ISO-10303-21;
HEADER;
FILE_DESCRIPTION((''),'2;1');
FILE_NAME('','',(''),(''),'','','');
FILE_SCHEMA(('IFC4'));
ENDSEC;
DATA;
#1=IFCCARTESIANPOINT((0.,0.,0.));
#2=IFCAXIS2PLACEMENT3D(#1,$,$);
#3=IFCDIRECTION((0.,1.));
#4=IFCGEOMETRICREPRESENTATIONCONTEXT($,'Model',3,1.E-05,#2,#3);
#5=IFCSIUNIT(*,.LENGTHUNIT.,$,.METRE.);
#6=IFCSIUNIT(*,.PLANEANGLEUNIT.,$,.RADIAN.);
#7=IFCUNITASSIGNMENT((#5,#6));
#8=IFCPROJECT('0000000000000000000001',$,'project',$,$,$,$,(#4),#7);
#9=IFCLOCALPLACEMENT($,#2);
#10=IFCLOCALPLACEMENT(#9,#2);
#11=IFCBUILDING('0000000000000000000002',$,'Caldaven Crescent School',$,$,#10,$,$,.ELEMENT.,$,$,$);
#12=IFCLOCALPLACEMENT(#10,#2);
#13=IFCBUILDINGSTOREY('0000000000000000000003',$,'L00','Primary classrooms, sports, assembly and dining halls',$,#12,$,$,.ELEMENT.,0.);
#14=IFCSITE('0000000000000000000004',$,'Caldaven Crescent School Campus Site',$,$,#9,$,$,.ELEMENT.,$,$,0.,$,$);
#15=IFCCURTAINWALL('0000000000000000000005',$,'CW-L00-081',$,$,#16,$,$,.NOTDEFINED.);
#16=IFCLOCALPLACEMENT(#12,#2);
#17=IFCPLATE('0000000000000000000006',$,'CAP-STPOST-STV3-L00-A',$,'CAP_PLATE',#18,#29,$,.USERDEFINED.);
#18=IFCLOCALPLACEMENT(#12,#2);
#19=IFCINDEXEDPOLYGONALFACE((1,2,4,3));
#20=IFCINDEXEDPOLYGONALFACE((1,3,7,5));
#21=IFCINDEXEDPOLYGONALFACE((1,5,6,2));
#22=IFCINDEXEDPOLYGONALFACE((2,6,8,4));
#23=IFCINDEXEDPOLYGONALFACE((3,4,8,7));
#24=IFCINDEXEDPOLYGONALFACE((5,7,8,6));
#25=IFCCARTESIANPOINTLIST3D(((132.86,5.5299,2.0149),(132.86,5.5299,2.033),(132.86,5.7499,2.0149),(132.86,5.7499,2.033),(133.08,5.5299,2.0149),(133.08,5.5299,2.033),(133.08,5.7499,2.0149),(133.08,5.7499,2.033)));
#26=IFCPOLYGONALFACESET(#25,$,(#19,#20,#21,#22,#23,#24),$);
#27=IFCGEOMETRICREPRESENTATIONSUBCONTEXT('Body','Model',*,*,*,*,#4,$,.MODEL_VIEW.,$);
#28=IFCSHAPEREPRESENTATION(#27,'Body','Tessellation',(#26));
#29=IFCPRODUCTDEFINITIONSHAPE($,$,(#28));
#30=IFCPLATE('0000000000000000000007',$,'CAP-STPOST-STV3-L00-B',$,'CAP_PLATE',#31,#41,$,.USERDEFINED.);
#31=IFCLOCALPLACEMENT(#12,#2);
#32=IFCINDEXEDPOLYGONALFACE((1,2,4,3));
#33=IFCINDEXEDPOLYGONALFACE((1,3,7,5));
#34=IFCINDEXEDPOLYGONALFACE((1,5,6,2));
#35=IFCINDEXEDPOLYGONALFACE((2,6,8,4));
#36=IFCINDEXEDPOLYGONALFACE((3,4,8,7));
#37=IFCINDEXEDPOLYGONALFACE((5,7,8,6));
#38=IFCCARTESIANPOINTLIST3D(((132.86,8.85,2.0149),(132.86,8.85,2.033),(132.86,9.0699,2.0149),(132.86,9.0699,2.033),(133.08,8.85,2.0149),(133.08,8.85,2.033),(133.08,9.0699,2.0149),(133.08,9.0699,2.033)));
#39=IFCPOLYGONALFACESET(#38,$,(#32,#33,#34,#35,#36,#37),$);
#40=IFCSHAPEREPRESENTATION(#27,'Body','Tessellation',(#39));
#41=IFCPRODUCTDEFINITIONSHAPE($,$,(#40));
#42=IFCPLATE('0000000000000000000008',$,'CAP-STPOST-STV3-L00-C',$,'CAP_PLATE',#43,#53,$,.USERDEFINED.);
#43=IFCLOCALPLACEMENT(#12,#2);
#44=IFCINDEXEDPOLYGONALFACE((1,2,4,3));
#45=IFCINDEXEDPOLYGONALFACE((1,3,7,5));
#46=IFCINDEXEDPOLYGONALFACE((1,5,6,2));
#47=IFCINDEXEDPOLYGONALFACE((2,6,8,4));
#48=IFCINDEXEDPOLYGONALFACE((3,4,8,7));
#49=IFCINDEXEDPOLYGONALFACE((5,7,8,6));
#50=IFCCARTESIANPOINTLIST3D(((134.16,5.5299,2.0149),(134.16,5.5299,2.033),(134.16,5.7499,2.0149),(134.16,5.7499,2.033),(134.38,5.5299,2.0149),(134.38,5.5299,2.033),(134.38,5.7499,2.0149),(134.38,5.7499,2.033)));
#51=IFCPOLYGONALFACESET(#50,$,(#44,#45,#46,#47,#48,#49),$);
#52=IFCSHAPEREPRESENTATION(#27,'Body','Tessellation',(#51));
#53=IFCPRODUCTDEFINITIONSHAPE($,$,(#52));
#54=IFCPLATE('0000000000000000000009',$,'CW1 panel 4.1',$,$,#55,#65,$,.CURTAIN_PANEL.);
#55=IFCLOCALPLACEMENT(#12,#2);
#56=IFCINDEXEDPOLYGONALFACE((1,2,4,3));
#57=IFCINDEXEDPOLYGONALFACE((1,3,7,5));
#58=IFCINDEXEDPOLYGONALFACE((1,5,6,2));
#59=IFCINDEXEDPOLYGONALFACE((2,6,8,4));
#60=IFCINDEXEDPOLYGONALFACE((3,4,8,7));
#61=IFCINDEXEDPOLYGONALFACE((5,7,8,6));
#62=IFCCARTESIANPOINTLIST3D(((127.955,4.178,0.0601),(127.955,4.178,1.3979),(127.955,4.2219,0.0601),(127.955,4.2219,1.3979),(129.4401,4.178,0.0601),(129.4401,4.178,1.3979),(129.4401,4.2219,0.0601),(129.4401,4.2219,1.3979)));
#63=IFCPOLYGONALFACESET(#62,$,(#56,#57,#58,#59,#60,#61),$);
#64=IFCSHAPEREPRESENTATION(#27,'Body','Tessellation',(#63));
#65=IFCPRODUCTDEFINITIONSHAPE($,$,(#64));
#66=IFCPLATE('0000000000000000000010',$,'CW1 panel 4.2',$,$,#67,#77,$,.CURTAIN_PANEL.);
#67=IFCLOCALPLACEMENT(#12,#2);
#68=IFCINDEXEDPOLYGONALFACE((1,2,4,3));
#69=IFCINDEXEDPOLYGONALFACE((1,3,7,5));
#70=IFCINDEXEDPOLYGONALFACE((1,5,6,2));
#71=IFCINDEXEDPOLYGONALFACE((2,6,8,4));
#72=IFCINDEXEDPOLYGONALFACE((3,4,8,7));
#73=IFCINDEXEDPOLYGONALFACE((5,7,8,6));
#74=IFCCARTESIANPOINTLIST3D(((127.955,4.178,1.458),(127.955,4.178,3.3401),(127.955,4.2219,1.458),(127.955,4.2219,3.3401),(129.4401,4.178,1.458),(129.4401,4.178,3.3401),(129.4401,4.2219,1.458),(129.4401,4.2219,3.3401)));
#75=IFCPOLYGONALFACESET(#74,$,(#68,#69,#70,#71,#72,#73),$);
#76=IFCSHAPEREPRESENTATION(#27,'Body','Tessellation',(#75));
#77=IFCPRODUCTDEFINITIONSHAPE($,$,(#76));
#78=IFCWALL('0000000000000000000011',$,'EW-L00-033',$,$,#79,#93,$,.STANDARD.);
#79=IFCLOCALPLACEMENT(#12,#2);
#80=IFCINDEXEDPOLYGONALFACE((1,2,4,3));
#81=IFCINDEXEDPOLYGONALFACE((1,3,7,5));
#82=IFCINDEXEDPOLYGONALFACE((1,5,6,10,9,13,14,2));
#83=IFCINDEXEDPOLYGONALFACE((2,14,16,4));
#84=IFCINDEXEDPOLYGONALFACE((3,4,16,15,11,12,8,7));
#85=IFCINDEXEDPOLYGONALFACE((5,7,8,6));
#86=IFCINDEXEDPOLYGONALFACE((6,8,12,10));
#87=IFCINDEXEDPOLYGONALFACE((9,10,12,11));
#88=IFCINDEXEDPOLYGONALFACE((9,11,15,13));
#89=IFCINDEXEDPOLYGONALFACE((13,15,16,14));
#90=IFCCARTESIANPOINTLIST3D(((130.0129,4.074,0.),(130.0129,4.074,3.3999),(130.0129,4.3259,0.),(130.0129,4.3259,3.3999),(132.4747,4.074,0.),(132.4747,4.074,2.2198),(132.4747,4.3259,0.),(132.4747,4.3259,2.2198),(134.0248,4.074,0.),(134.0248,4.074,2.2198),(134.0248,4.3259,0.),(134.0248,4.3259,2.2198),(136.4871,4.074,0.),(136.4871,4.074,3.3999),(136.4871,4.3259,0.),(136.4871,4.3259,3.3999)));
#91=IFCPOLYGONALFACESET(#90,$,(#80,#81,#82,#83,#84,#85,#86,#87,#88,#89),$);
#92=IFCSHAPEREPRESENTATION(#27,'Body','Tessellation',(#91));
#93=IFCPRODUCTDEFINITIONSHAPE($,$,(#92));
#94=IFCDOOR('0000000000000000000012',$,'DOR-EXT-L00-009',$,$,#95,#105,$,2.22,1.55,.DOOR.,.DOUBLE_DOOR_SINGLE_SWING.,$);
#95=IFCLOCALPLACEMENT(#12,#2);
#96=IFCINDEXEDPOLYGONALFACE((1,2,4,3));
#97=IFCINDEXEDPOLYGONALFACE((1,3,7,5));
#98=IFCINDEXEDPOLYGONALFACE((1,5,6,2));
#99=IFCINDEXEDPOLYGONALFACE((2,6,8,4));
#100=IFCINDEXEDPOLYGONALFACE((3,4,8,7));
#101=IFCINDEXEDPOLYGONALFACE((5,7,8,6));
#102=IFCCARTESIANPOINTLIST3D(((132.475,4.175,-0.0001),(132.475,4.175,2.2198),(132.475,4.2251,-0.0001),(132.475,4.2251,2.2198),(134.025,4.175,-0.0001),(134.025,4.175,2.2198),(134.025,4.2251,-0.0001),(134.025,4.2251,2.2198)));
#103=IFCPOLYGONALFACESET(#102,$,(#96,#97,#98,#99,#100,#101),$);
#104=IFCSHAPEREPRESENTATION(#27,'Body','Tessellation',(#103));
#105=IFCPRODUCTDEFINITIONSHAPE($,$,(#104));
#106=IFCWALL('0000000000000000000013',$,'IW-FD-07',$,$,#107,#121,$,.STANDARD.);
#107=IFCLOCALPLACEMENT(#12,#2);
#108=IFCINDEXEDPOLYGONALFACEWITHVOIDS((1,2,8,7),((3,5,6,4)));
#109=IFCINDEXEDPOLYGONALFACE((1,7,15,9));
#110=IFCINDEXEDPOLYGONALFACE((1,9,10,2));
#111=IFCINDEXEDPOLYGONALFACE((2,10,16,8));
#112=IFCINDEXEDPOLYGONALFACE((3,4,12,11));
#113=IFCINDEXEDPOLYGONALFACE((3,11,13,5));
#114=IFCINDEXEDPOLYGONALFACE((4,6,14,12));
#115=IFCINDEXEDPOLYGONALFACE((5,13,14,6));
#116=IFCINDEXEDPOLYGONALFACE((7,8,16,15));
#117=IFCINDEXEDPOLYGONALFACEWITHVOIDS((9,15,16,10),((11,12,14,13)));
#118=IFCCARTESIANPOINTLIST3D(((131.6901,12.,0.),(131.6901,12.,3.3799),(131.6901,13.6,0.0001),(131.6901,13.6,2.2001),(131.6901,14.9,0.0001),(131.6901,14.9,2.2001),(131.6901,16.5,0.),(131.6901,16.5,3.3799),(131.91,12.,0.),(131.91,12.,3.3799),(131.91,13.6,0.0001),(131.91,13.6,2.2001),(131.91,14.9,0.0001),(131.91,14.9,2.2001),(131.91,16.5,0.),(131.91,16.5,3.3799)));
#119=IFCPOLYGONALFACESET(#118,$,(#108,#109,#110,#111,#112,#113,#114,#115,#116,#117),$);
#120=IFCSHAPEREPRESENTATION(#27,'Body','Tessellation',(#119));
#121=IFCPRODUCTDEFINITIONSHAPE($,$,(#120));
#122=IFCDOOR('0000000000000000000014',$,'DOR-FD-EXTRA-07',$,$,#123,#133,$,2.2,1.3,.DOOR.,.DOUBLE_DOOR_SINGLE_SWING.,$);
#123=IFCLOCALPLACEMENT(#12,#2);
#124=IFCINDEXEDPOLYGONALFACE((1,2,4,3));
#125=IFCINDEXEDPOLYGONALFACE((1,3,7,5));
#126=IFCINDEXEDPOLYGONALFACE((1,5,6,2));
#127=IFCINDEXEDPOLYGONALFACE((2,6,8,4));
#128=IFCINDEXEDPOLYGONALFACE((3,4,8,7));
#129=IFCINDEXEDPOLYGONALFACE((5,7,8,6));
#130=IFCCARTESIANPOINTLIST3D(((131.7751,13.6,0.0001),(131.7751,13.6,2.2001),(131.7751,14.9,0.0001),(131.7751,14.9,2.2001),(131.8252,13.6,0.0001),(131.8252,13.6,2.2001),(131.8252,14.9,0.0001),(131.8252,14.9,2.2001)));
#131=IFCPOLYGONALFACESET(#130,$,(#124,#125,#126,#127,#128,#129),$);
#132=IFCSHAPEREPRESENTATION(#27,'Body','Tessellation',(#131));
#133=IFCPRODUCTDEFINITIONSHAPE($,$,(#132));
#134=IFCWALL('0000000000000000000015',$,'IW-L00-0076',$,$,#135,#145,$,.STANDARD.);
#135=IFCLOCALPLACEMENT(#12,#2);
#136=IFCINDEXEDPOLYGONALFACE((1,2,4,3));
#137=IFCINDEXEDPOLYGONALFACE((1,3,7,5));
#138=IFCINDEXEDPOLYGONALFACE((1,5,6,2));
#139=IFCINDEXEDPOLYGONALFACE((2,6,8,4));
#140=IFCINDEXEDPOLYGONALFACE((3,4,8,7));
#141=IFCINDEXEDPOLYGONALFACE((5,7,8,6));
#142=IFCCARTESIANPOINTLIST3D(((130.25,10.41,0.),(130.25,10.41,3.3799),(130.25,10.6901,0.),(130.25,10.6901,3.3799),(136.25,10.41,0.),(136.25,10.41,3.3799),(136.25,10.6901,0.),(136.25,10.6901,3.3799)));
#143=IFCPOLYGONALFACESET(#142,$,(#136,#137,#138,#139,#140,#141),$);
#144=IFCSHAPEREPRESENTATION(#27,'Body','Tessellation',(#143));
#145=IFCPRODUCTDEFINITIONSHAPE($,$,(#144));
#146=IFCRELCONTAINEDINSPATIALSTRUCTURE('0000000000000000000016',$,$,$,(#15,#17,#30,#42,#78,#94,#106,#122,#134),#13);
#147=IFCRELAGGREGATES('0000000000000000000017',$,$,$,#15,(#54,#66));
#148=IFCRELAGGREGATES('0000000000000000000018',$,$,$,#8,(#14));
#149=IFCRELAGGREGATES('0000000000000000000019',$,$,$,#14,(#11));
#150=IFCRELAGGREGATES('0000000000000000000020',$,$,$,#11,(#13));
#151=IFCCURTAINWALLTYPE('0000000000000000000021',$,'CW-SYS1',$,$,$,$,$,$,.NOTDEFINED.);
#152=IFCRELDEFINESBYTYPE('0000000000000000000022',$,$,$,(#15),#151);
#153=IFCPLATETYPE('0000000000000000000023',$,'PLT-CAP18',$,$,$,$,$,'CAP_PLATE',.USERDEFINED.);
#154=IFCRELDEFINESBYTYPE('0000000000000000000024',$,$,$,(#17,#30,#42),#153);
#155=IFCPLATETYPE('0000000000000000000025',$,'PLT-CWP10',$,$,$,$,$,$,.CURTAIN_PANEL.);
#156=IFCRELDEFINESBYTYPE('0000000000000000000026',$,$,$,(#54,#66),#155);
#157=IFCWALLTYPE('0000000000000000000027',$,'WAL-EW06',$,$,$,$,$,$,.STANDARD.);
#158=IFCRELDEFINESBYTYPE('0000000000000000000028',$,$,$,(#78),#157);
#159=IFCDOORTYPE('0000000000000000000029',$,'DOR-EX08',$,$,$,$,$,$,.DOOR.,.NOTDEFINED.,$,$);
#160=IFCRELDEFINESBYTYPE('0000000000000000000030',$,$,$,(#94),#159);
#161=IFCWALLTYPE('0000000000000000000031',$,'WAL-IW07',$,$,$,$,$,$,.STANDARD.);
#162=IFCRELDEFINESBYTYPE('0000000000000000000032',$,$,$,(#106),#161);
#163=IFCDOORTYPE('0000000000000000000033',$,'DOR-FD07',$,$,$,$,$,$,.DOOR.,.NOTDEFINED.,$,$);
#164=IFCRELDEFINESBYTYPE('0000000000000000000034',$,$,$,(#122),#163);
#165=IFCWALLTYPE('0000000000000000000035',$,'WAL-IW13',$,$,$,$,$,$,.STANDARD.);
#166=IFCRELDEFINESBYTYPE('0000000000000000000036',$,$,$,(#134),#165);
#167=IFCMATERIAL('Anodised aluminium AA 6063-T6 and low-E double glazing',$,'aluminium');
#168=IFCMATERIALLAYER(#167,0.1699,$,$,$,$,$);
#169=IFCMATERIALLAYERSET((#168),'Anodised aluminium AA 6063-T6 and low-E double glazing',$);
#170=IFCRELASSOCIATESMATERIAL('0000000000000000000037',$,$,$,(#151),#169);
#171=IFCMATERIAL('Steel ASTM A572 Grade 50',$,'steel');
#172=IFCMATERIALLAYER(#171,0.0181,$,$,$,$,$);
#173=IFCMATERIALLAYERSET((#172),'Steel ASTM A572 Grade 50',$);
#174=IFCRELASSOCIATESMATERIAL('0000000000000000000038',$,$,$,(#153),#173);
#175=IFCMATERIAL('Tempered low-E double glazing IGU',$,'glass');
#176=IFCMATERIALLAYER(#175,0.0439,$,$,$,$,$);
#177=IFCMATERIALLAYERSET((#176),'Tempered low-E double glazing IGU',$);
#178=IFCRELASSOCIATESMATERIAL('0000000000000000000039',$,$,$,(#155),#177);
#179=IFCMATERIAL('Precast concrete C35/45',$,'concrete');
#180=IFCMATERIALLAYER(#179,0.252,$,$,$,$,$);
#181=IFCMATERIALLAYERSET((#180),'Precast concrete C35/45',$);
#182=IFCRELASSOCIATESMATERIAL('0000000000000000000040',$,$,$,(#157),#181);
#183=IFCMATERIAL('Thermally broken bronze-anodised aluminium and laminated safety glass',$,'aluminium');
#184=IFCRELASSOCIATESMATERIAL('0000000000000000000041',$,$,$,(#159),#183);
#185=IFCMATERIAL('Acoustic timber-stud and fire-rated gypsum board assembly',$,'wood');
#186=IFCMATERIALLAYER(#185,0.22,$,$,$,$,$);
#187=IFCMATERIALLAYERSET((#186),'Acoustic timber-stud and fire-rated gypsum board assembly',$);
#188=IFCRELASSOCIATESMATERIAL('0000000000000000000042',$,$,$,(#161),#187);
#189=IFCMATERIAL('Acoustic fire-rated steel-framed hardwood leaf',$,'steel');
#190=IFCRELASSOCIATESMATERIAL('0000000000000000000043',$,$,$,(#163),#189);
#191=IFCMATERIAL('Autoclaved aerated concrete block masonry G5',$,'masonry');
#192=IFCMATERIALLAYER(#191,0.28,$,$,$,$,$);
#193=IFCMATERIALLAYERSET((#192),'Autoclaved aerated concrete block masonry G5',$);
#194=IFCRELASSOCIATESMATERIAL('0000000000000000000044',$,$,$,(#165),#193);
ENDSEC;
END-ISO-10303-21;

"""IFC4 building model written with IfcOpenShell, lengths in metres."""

from ifc_helpers import new_model, si_unit, direction, frame, frame_2d, origin, origin_2d, place, context, subcontext, project, spatial, rectangle, extrude, material, layer, layer_set, type_object, element, fill, aggregate, save


model = new_model("IFC4")

# Units and contexts
model_context = context("Model", 3, precision=1e-05, world=origin(), true_north=direction((0.0, 1.0)))
body_context = subcontext(model_context, "Body", "Model", "MODEL_VIEW")
ifc_project = project(units=[si_unit("LENGTHUNIT", "METRE"), si_unit("PLANEANGLEUNIT", "RADIAN")], contexts=[model_context])

# Site, building, storey
site_placement = place(None, origin())
site = spatial("IfcSite", under=ifc_project, at=site_placement, Name="Caldaven Crescent School Campus Site", CompositionType="ELEMENT", RefElevation=0.0)
building_placement = place(site_placement, origin())
building = spatial("IfcBuilding", under=site, at=building_placement, Name="Caldaven Crescent School", CompositionType="ELEMENT")
storey_placement = place(building_placement, origin())
storey = spatial("IfcBuildingStorey", under=building, at=storey_placement, Name="L00", Description="Primary classrooms, sports, assembly and dining halls", CompositionType="ELEMENT", Elevation=0.0)

# Shared definitions
ifc_material_1 = material(Name="Steel ASTM A572 Grade 50", Category="steel")

# Curtain wall
ifc_material_2 = material(Name="Anodised aluminium AA 6063-T6 and low-E double glazing", Category="aluminium")
ifc_layer_1 = layer(ifc_material_2, 0.1699)
ifc_layer_set_1 = layer_set([ifc_layer_1], Name="Anodised aluminium AA 6063-T6 and low-E double glazing")
curtain_wall_type = type_object("IfcCurtainWallType", Name="CW-SYS1", PredefinedType="NOTDEFINED", material=ifc_layer_set_1)
curtain_wall_placement = place(storey_placement, origin())
curtain_wall = element("IfcCurtainWall", 1, at=curtain_wall_placement, inside=storey, type_object=curtain_wall_type, Name="CW-L00-081", PredefinedType="NOTDEFINED")

# Plates
ifc_layer_2 = layer(ifc_material_1, 0.0181)
ifc_layer_set_2 = layer_set([ifc_layer_2], Name="Steel ASTM A572 Grade 50")
plate_type_1 = type_object("IfcPlateType", Name="PLT-CAP18", ElementType="CAP_PLATE", PredefinedType="USERDEFINED", material=ifc_layer_set_2)
for number, where, z_axis, x_axis, name in (
    (2, (132.97, 5.6399, 2.0149), (0.0, 0.0, 1.0), (1.0, 0.0, 0.0), "CAP-STPOST-STV3-L00-A"),
    (3, (132.97, 8.96, 2.0149), (0.0, 0.0, 1.0), (1.0, 0.0, 0.0), "CAP-STPOST-STV3-L00-B"),
    (4, (134.27, 5.6399, 2.0149), (0.0, 0.0, 1.0), (1.0, 0.0, 0.0), "CAP-STPOST-STV3-L00-C"),
):
    element("IfcPlate", number, at=place(storey_placement, frame(where, z_axis=z_axis, x_axis=x_axis)), inside=storey, type_object=plate_type_1, Name=name, ObjectType="CAP_PLATE", PredefinedType="USERDEFINED", context=body_context, shape_type="SweptSolid", body=[
        extrude(rectangle(XDim=0.22, YDim=0.22, at=origin_2d()), origin(), (0.0, 0.0, 1.0), 0.0181),
    ])

# Plates
ifc_material_3 = material(Name="Tempered low-E double glazing IGU", Category="glass")
ifc_layer_3 = layer(ifc_material_3, 0.0439)
ifc_layer_set_3 = layer_set([ifc_layer_3], Name="Tempered low-E double glazing IGU")
plate_type_2 = type_object("IfcPlateType", Name="PLT-CWP10", PredefinedType="CURTAIN_PANEL", material=ifc_layer_set_3)
plate_1_placement = place(storey_placement, frame((128.6975, 4.2, 0.0601), z_axis=(0.0, 0.0, 1.0), x_axis=(1.0, 0.0, 0.0)))
plate_1 = element("IfcPlate", 5, at=plate_1_placement, type_object=plate_type_2, Name="CW1 panel 4.1", PredefinedType="CURTAIN_PANEL", context=body_context, shape_type="SweptSolid", body=[
    extrude(rectangle(XDim=1.4851, YDim=0.0439, at=origin_2d()), origin(), (0.0, 0.0, 1.0), 1.3379),
])
plate_2_placement = place(storey_placement, frame((128.6975, 4.2, 1.458), z_axis=(0.0, 0.0, 1.0), x_axis=(1.0, 0.0, 0.0)))
plate_2 = element("IfcPlate", 6, at=plate_2_placement, type_object=plate_type_2, Name="CW1 panel 4.2", PredefinedType="CURTAIN_PANEL", context=body_context, shape_type="SweptSolid", body=[
    extrude(rectangle(XDim=1.4851, YDim=0.0439, at=origin_2d()), origin(), (0.0, 0.0, 1.0), 1.8821),
])
aggregate(curtain_wall, [plate_1, plate_2])

# Walls, openings, doors
ifc_material_4 = material(Name="Precast concrete C35/45", Category="concrete")
ifc_layer_4 = layer(ifc_material_4, 0.252)
ifc_layer_set_4 = layer_set([ifc_layer_4], Name="Precast concrete C35/45")
wall_type_1 = type_object("IfcWallType", Name="WAL-EW06", PredefinedType="STANDARD", material=ifc_layer_set_4)
wall_1_placement = place(storey_placement, frame((130.0129, 4.2, 0.0), z_axis=(0.0, 0.0, 1.0), x_axis=(1.0, 0.0, 0.0)))
wall_1 = element("IfcWall", 7, at=wall_1_placement, inside=storey, type_object=wall_type_1, Name="EW-L00-033", PredefinedType="STANDARD", context=body_context, shape_type="SweptSolid", body=[
    extrude(rectangle(XDim=6.4741, YDim=0.252, at=frame_2d((3.2371, 0.0))), origin(), (0.0, 0.0, 1.0), 3.3999),
])
opening_1_placement = place(wall_1_placement, frame((2.4619, 0.0, 0.0)))
opening_1 = element("IfcOpeningElement", 8, at=opening_1_placement, cuts=wall_1, PredefinedType="OPENING", context=body_context, shape_type="SweptSolid", body=[
    extrude(rectangle(XDim=1.55, YDim=2.22, at=frame_2d((0.7749, 1.1099))), frame((0.0, 0.136, 0.0), z_axis=(0.0, -1.0, 0.0), x_axis=(1.0, 0.0, 0.0)), (0.0, 0.0, 1.0), 0.272),
])
ifc_material_5 = material(Name="Thermally broken bronze-anodised aluminium and laminated safety glass", Category="aluminium")
door_type_1 = type_object("IfcDoorType", Name="DOR-EX08", OperationType="NOTDEFINED", PredefinedType="DOOR", material=ifc_material_5)
door_1_placement = place(opening_1_placement, frame((1.55, 0.0, 0.0), z_axis=(0.0, 0.0, 1.0), x_axis=(-1.0, 0.0, 0.0)))
door_1 = element("IfcDoor", 9, at=door_1_placement, inside=storey, type_object=door_type_1, Name="DOR-EXT-L00-009", OperationType="DOUBLE_DOOR_SINGLE_SWING", OverallHeight=2.22, OverallWidth=1.55, PredefinedType="DOOR", context=body_context, shape_type="SweptSolid", body=[
    extrude(rectangle(XDim=1.55, YDim=2.22, at=frame_2d((0.7749, 1.1099))), frame((0.0, 0.0249, 0.0), z_axis=(0.0, -1.0, 0.0), x_axis=(1.0, 0.0, 0.0)), (0.0, 0.0, 1.0), 0.05),
])
fill(opening_1, door_1)
ifc_material_6 = material(Name="Acoustic timber-stud and fire-rated gypsum board assembly", Category="wood")
ifc_layer_5 = layer(ifc_material_6, 0.22)
ifc_layer_set_5 = layer_set([ifc_layer_5], Name="Acoustic timber-stud and fire-rated gypsum board assembly")
wall_type_2 = type_object("IfcWallType", Name="WAL-IW07", PredefinedType="STANDARD", material=ifc_layer_set_5)
wall_2_placement = place(storey_placement, frame((131.8, 12.0, 0.0), z_axis=(0.0, 0.0, 1.0), x_axis=(0.0, 1.0, 0.0)))
wall_2 = element("IfcWall", 10, at=wall_2_placement, inside=storey, type_object=wall_type_2, Name="IW-FD-07", PredefinedType="STANDARD", context=body_context, shape_type="SweptSolid", body=[
    extrude(rectangle(XDim=4.5, YDim=0.22, at=frame_2d((2.25, 0.0))), origin(), (0.0, 0.0, 1.0), 3.3799),
])
opening_2_placement = place(wall_2_placement, frame((1.6001, 0.0, 0.0)))
opening_2 = element("IfcOpeningElement", 11, at=opening_2_placement, cuts=wall_2, PredefinedType="OPENING", context=body_context, shape_type="SweptSolid", body=[
    extrude(rectangle(XDim=1.3, YDim=2.2, at=frame_2d((0.6499, 1.1001))), frame((0.0, 0.1199, 0.0), z_axis=(0.0, -1.0, 0.0), x_axis=(1.0, 0.0, 0.0)), (0.0, 0.0, 1.0), 0.24),
])
ifc_material_7 = material(Name="Acoustic fire-rated steel-framed hardwood leaf", Category="steel")
door_type_2 = type_object("IfcDoorType", Name="DOR-FD07", OperationType="NOTDEFINED", PredefinedType="DOOR", material=ifc_material_7)
door_2_placement = place(opening_2_placement, origin())
door_2 = element("IfcDoor", 12, at=door_2_placement, inside=storey, type_object=door_type_2, Name="DOR-FD-EXTRA-07", OperationType="DOUBLE_DOOR_SINGLE_SWING", OverallHeight=2.2, OverallWidth=1.3, PredefinedType="DOOR", context=body_context, shape_type="SweptSolid", body=[
    extrude(rectangle(XDim=1.3, YDim=2.2, at=frame_2d((0.6499, 1.1001))), frame((0.0, 0.0249, 0.0), z_axis=(0.0, -1.0, 0.0), x_axis=(1.0, 0.0, 0.0)), (0.0, 0.0, 1.0), 0.05),
])
fill(opening_2, door_2)

# Wall
ifc_material_8 = material(Name="Autoclaved aerated concrete block masonry G5", Category="masonry")
ifc_layer_6 = layer(ifc_material_8, 0.28)
ifc_layer_set_6 = layer_set([ifc_layer_6], Name="Autoclaved aerated concrete block masonry G5")
wall_type_3 = type_object("IfcWallType", Name="WAL-IW13", PredefinedType="STANDARD", material=ifc_layer_set_6)
wall_3_placement = place(storey_placement, frame((130.25, 10.55, 0.0), z_axis=(0.0, 0.0, 1.0), x_axis=(1.0, 0.0, 0.0)))
element("IfcWall", 13, at=wall_3_placement, inside=storey, type_object=wall_type_3, Name="IW-L00-0076", PredefinedType="STANDARD", context=body_context, shape_type="SweptSolid", body=[
    extrude(rectangle(XDim=6.0, YDim=0.28, at=frame_2d((3.0, 0.0))), origin(), (0.0, 0.0, 1.0), 3.3799),
])

save(model, "model.ifc")
